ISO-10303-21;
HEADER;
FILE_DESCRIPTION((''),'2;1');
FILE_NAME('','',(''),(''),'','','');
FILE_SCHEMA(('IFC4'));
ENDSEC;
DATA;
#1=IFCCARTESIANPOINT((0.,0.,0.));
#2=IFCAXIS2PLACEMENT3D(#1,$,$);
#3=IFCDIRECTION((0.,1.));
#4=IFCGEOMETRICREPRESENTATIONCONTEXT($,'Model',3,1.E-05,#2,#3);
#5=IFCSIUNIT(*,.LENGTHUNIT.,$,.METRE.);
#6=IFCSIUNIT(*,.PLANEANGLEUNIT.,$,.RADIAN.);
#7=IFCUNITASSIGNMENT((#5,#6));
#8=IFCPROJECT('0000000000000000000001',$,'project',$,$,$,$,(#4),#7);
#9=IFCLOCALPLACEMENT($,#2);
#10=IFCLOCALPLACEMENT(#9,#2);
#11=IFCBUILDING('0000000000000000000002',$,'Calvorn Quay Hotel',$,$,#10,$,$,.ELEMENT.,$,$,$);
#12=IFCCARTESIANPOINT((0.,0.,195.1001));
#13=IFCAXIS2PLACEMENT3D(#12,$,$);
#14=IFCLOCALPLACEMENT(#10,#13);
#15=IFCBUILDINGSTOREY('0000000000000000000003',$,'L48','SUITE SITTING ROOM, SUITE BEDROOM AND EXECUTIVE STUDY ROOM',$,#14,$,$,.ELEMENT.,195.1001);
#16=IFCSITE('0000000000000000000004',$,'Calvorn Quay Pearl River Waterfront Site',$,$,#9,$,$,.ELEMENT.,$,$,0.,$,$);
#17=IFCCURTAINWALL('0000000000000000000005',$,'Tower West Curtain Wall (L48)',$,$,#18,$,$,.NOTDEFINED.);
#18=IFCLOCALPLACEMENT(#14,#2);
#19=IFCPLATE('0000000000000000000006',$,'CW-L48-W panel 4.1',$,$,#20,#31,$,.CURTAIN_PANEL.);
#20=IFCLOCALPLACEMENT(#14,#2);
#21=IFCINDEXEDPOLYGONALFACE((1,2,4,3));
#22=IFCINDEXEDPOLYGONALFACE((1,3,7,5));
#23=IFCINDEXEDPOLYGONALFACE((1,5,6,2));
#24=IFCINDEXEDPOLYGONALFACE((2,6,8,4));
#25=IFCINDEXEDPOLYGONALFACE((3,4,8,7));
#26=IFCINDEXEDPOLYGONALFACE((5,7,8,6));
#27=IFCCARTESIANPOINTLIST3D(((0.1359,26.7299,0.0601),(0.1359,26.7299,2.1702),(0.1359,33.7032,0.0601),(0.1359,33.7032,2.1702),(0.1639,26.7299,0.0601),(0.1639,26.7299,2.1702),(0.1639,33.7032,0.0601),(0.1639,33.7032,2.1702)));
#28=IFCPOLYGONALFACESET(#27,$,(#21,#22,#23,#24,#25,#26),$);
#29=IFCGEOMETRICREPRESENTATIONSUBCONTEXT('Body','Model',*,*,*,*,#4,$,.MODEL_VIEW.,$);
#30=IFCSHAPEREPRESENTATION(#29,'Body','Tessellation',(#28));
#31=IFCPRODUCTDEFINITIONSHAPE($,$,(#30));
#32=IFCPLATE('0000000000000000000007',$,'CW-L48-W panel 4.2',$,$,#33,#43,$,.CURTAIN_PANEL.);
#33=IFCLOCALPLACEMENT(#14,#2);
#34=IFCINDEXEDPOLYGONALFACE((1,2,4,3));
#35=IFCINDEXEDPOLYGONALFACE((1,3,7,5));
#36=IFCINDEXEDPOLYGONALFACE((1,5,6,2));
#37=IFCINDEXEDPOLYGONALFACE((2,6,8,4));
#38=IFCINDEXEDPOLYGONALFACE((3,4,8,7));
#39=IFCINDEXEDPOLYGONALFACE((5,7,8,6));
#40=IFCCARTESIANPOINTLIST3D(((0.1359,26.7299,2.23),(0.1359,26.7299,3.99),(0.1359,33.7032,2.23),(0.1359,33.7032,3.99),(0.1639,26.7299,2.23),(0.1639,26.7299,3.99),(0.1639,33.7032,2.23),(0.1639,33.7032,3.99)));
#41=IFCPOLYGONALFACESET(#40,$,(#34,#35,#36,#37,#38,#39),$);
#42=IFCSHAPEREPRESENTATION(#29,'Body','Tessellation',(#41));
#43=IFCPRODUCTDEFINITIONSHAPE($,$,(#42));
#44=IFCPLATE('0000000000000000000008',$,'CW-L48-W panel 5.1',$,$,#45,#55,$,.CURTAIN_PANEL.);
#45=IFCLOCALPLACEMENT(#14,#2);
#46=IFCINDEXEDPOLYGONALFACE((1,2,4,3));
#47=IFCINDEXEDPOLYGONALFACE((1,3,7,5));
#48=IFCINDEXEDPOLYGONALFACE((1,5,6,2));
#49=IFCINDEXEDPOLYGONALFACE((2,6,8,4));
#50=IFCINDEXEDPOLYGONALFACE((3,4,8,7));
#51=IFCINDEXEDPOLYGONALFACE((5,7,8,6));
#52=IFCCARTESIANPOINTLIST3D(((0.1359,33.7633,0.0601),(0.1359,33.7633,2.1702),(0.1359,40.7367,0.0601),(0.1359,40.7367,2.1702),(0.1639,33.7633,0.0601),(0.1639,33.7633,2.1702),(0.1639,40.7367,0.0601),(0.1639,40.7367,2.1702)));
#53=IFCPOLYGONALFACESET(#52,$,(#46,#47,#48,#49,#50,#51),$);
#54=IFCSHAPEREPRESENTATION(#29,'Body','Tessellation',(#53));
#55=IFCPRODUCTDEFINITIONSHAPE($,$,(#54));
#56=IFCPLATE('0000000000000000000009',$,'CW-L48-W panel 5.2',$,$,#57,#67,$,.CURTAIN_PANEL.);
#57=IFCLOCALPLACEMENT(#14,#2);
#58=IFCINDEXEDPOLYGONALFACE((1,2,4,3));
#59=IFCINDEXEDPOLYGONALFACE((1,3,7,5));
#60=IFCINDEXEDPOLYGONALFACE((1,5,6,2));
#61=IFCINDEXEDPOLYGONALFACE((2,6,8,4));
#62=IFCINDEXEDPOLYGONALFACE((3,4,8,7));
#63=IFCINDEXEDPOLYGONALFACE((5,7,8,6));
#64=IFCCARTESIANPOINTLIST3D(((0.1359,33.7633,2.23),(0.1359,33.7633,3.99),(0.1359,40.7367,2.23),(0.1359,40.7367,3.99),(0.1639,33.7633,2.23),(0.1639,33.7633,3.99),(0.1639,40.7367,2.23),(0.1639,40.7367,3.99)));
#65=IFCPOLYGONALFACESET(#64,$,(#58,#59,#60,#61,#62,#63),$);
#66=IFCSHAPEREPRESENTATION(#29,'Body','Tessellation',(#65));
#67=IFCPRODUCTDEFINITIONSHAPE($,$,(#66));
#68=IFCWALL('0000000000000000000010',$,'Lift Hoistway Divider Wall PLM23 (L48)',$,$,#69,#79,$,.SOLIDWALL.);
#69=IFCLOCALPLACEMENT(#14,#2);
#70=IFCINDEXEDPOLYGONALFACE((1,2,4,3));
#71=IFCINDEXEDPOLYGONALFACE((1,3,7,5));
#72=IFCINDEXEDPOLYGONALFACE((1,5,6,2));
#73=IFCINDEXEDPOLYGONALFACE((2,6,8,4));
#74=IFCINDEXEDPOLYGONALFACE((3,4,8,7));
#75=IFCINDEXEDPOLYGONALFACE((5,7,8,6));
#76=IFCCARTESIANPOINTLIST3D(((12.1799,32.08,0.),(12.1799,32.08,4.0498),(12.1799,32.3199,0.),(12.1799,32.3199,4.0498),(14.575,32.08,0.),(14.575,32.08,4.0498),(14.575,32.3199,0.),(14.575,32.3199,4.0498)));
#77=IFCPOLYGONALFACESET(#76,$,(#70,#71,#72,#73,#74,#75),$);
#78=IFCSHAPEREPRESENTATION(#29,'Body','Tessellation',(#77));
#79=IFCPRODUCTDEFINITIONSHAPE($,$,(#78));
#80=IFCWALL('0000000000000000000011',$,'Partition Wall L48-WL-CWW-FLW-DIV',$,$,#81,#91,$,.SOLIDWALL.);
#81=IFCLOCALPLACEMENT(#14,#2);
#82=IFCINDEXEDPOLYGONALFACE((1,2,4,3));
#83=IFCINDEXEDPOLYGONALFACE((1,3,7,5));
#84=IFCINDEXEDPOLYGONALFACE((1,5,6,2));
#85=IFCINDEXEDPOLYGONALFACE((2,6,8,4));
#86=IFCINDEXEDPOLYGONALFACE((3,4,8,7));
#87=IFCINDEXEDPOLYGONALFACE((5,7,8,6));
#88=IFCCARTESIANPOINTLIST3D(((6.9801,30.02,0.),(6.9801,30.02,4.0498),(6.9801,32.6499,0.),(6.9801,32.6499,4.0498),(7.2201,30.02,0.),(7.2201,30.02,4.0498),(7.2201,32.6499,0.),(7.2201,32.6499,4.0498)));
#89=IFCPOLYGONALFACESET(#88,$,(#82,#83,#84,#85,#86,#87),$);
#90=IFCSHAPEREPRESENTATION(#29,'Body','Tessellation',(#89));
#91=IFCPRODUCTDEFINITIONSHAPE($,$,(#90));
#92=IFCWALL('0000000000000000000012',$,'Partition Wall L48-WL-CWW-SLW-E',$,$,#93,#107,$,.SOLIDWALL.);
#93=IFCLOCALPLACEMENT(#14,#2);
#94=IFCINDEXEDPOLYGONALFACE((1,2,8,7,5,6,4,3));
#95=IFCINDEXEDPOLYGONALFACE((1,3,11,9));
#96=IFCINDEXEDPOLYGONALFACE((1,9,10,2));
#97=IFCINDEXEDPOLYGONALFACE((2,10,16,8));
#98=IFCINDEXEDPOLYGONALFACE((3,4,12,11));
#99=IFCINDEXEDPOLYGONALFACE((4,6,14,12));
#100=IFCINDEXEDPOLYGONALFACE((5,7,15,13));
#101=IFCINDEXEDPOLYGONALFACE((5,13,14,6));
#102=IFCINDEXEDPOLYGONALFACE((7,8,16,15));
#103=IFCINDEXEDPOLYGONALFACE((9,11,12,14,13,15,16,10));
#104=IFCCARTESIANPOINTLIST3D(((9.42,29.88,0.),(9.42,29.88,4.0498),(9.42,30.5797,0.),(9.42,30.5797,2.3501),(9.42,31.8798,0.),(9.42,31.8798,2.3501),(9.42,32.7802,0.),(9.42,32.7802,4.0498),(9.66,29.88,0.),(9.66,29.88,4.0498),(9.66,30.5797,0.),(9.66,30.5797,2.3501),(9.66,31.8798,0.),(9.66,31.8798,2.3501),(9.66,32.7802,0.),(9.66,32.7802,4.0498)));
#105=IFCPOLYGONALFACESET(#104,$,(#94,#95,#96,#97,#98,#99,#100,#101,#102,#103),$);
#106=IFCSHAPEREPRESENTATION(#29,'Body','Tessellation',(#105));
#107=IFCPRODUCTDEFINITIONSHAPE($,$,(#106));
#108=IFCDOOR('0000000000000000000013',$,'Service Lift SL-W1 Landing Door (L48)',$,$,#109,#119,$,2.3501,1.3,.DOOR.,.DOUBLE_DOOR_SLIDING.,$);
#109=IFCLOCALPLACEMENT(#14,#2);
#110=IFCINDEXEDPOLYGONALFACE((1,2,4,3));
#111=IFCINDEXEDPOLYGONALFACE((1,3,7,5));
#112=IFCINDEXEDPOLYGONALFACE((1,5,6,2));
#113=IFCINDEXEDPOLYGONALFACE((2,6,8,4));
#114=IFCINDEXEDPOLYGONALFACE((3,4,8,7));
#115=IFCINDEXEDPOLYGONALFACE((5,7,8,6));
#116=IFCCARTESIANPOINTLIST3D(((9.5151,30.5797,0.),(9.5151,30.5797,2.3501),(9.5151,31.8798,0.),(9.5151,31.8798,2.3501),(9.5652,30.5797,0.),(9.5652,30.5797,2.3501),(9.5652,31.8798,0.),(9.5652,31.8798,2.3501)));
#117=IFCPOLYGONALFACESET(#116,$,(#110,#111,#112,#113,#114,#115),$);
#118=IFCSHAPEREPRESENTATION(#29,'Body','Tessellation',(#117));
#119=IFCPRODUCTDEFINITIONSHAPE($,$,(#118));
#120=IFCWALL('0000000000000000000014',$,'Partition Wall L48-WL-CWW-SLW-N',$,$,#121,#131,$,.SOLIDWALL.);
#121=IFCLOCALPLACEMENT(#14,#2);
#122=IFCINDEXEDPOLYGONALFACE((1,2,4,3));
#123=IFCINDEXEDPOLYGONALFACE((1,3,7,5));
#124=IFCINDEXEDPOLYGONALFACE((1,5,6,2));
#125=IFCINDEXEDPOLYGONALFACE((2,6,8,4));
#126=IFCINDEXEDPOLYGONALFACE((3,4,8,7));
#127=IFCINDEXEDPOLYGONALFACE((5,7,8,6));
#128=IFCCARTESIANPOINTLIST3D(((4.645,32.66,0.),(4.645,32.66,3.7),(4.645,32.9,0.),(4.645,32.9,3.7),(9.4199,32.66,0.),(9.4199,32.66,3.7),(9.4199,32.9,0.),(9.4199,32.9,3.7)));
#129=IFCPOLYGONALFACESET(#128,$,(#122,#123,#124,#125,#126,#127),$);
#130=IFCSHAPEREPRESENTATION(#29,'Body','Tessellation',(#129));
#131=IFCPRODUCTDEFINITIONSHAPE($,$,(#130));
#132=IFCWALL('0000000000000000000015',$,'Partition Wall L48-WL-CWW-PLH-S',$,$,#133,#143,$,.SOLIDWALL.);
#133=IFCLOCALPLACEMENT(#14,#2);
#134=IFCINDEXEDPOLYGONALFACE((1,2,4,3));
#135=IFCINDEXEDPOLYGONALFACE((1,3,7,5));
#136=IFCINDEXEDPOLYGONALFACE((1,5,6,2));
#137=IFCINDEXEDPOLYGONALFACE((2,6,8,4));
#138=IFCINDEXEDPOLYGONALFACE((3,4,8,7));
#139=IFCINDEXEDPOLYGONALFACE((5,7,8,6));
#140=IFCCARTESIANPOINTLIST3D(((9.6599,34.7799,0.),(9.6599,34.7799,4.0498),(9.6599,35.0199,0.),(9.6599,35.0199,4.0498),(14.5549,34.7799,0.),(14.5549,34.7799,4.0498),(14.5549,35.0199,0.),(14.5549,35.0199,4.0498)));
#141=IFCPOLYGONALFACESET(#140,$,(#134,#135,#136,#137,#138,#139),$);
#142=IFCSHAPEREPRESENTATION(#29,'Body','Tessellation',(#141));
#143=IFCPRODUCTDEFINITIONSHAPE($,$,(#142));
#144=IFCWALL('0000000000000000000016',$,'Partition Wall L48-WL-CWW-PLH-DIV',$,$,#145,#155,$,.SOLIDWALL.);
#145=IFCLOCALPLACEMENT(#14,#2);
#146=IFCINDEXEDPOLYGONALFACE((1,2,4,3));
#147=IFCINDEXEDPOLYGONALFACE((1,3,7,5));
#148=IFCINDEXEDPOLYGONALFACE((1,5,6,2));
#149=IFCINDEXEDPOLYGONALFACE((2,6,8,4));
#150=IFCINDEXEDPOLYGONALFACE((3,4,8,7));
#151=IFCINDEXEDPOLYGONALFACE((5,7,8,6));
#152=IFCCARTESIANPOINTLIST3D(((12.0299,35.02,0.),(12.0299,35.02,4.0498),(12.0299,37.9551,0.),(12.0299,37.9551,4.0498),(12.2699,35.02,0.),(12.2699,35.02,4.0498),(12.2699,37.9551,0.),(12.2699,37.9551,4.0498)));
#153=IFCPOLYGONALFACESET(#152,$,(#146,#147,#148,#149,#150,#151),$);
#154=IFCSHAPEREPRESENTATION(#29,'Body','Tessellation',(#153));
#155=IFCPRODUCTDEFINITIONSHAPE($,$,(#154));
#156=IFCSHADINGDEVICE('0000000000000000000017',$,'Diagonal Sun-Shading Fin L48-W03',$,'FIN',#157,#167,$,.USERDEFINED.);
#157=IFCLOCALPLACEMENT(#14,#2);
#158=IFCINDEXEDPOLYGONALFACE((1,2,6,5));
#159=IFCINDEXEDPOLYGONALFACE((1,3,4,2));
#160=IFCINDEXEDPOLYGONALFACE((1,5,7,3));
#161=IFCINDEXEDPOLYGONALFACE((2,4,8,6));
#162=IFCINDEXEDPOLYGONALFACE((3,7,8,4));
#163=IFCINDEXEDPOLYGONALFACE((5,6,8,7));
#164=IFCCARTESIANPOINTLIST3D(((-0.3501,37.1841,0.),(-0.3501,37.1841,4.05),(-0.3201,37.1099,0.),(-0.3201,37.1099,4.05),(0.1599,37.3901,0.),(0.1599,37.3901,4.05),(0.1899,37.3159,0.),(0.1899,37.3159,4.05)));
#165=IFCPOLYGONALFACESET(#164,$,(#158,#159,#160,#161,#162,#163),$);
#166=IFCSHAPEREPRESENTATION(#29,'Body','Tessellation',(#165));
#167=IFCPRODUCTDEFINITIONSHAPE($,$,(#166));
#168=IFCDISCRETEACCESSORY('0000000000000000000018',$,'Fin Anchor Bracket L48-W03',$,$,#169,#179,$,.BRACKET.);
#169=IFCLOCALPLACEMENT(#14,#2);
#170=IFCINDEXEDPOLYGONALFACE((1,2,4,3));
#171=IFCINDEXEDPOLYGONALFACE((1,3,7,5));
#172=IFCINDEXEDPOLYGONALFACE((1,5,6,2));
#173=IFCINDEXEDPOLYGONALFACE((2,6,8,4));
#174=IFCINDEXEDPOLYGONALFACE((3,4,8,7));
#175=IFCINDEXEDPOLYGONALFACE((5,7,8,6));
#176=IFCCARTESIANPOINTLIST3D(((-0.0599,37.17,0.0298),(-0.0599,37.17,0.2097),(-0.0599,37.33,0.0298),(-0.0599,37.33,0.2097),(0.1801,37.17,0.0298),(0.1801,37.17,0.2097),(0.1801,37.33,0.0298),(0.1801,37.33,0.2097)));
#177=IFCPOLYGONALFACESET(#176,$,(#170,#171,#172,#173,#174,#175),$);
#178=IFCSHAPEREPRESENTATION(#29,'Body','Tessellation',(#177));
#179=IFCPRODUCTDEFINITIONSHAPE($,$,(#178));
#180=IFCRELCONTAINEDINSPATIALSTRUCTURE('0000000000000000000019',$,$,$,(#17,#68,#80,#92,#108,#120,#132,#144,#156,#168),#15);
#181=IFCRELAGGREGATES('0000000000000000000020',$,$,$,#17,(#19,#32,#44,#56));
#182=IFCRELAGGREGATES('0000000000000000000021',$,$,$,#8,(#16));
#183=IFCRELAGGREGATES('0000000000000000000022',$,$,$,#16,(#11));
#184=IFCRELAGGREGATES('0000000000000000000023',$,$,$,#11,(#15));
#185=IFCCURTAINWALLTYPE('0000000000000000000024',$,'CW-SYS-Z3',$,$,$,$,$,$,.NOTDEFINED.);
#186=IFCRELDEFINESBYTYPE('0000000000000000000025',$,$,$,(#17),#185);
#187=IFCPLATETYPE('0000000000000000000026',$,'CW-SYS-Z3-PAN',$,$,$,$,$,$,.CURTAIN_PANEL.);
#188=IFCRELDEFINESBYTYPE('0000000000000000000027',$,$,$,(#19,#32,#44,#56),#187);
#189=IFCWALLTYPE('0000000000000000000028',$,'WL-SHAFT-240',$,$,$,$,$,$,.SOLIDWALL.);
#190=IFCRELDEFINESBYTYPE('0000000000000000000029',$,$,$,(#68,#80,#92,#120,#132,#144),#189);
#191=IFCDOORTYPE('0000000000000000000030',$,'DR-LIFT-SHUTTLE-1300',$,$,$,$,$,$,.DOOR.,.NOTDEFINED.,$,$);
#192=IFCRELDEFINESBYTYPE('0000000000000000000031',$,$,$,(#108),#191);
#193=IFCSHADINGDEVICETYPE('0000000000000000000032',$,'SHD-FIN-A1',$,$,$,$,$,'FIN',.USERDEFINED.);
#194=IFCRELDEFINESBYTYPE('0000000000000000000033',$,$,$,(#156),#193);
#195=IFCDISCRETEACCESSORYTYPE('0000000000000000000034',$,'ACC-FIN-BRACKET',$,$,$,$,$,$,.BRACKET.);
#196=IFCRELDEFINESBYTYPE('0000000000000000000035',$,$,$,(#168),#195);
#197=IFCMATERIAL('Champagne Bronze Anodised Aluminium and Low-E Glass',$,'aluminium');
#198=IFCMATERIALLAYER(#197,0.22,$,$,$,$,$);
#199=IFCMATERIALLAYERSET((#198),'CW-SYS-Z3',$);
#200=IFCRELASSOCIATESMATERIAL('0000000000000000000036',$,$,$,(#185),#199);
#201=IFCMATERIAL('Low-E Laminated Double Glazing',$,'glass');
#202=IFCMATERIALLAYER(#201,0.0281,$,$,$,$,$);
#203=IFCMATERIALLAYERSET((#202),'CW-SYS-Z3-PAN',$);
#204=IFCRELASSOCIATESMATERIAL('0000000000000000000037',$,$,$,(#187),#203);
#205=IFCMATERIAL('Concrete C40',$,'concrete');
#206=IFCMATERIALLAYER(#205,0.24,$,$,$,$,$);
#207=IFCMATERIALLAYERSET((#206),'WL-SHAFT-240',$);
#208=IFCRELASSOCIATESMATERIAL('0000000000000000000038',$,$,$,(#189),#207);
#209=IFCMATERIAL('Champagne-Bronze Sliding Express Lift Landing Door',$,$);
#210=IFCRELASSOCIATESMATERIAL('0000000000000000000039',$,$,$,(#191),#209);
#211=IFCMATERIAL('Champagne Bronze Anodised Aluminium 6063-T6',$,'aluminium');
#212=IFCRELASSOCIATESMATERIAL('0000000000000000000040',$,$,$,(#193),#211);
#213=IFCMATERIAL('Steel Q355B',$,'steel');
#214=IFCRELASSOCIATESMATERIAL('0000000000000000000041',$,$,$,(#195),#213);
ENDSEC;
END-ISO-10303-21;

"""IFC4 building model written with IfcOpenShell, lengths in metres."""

from ifc_helpers import new_model, si_unit, direction, frame, frame_2d, origin, origin_2d, place, context, subcontext, project, spatial, rectangle, extrude, material, layer, layer_set, type_object, element, fill, aggregate, save


model = new_model("IFC4")

# Units and contexts
model_context = context("Model", 3, precision=1e-05, world=origin(), true_north=direction((0.0, 1.0)))
body_context = subcontext(model_context, "Body", "Model", "MODEL_VIEW")
ifc_project = project(units=[si_unit("LENGTHUNIT", "METRE"), si_unit("PLANEANGLEUNIT", "RADIAN")], contexts=[model_context])

# Site, building, storey
site_placement = place(None, origin())
site = spatial("IfcSite", under=ifc_project, at=site_placement, Name="Calvorn Quay Pearl River Waterfront Site", CompositionType="ELEMENT", RefElevation=0.0)
building_placement = place(site_placement, origin())
building = spatial("IfcBuilding", under=site, at=building_placement, Name="Calvorn Quay Hotel", CompositionType="ELEMENT")
storey_placement = place(building_placement, frame((0.0, 0.0, 195.1001)))
storey = spatial("IfcBuildingStorey", under=building, at=storey_placement, Name="L48", Description="SUITE SITTING ROOM, SUITE BEDROOM AND EXECUTIVE STUDY ROOM", CompositionType="ELEMENT", Elevation=195.1001)

# Curtain wall, plates
ifc_material_1 = material(Name="Champagne Bronze Anodised Aluminium and Low-E Glass", Category="aluminium")
ifc_layer_1 = layer(ifc_material_1, 0.22)
ifc_layer_set_1 = layer_set([ifc_layer_1], Name="CW-SYS-Z3")
curtain_wall_type = type_object("IfcCurtainWallType", Name="CW-SYS-Z3", PredefinedType="NOTDEFINED", material=ifc_layer_set_1)
curtain_wall_placement = place(storey_placement, origin())
curtain_wall = element("IfcCurtainWall", 1, at=curtain_wall_placement, inside=storey, type_object=curtain_wall_type, Name="Tower West Curtain Wall (L48)", PredefinedType="NOTDEFINED")
ifc_material_2 = material(Name="Low-E Laminated Double Glazing", Category="glass")
ifc_layer_2 = layer(ifc_material_2, 0.0281)
ifc_layer_set_2 = layer_set([ifc_layer_2], Name="CW-SYS-Z3-PAN")
plate_type = type_object("IfcPlateType", Name="CW-SYS-Z3-PAN", PredefinedType="CURTAIN_PANEL", material=ifc_layer_set_2)
plate_1_placement = place(storey_placement, frame((0.1499, 30.2166, 0.0601), z_axis=(0.0, 0.0, 1.0), x_axis=(0.0, 1.0, 0.0)))
plate_1 = element("IfcPlate", 2, at=plate_1_placement, type_object=plate_type, Name="CW-L48-W panel 4.1", PredefinedType="CURTAIN_PANEL", context=body_context, shape_type="SweptSolid", body=[
    extrude(rectangle(XDim=6.9734, YDim=0.0281, at=origin_2d()), origin(), (0.0, 0.0, 1.0), 2.1101),
])
plate_2_placement = place(storey_placement, frame((0.1499, 30.2166, 2.23), z_axis=(0.0, 0.0, 1.0), x_axis=(0.0, 1.0, 0.0)))
plate_2 = element("IfcPlate", 3, at=plate_2_placement, type_object=plate_type, Name="CW-L48-W panel 4.2", PredefinedType="CURTAIN_PANEL", context=body_context, shape_type="SweptSolid", body=[
    extrude(rectangle(XDim=6.9734, YDim=0.0281, at=origin_2d()), origin(), (0.0, 0.0, 1.0), 1.76),
])
plate_3_placement = place(storey_placement, frame((0.1499, 37.25, 0.0601), z_axis=(0.0, 0.0, 1.0), x_axis=(0.0, 1.0, 0.0)))
plate_3 = element("IfcPlate", 4, at=plate_3_placement, type_object=plate_type, Name="CW-L48-W panel 5.1", PredefinedType="CURTAIN_PANEL", context=body_context, shape_type="SweptSolid", body=[
    extrude(rectangle(XDim=6.9734, YDim=0.0281, at=origin_2d()), origin(), (0.0, 0.0, 1.0), 2.1101),
])
plate_4_placement = place(storey_placement, frame((0.1499, 37.25, 2.23), z_axis=(0.0, 0.0, 1.0), x_axis=(0.0, 1.0, 0.0)))
plate_4 = element("IfcPlate", 5, at=plate_4_placement, type_object=plate_type, Name="CW-L48-W panel 5.2", PredefinedType="CURTAIN_PANEL", context=body_context, shape_type="SweptSolid", body=[
    extrude(rectangle(XDim=6.9734, YDim=0.0281, at=origin_2d()), origin(), (0.0, 0.0, 1.0), 1.76),
])
aggregate(curtain_wall, [plate_1, plate_2, plate_3, plate_4])

# Walls
ifc_material_3 = material(Name="Concrete C40", Category="concrete")
ifc_layer_3 = layer(ifc_material_3, 0.24)
ifc_layer_set_3 = layer_set([ifc_layer_3], Name="WL-SHAFT-240")
wall_type_1 = type_object("IfcWallType", Name="WL-SHAFT-240", PredefinedType="SOLIDWALL", material=ifc_layer_set_3)
wall_1_placement = place(storey_placement, frame((12.1799, 32.2, 0.0), z_axis=(0.0, 0.0, 1.0), x_axis=(1.0, 0.0, 0.0)))
element("IfcWall", 6, at=wall_1_placement, inside=storey, type_object=wall_type_1, Name="Lift Hoistway Divider Wall PLM23 (L48)", PredefinedType="SOLIDWALL", context=body_context, shape_type="SweptSolid", body=[
    extrude(rectangle(XDim=2.395, YDim=0.24, at=frame_2d((1.1975, 0.0))), origin(), (0.0, 0.0, 1.0), 4.0498),
])
wall_2_placement = place(storey_placement, frame((7.1001, 30.02, 0.0), z_axis=(0.0, 0.0, 1.0), x_axis=(0.0, 1.0, 0.0)))
element("IfcWall", 7, at=wall_2_placement, inside=storey, type_object=wall_type_1, Name="Partition Wall L48-WL-CWW-FLW-DIV", PredefinedType="SOLIDWALL", context=body_context, shape_type="SweptSolid", body=[
    extrude(rectangle(XDim=2.6299, YDim=0.24, at=frame_2d((1.3149, 0.0))), origin(), (0.0, 0.0, 1.0), 4.0498),
])

# Wall, opening, door
wall_3_placement = place(storey_placement, frame((9.54, 29.8799, 0.0), z_axis=(0.0, 0.0, 1.0), x_axis=(0.0, 1.0, 0.0)))
wall_3 = element("IfcWall", 8, at=wall_3_placement, inside=storey, type_object=wall_type_1, Name="Partition Wall L48-WL-CWW-SLW-E", PredefinedType="SOLIDWALL", context=body_context, shape_type="SweptSolid", body=[
    extrude(rectangle(XDim=2.9001, YDim=0.24, at=frame_2d((1.4502, 0.0))), origin(), (0.0, 0.0, 1.0), 4.0498),
])
opening_1_placement = place(wall_3_placement, frame((0.7, 0.0, 0.0)))
opening_1 = element("IfcOpeningElement", 9, at=opening_1_placement, cuts=wall_3, PredefinedType="OPENING", context=body_context, shape_type="SweptSolid", body=[
    extrude(rectangle(XDim=1.3, YDim=2.3501, at=frame_2d((0.6499, 1.175))), frame((0.0, 0.1299, 0.0), z_axis=(0.0, -1.0, 0.0), x_axis=(1.0, 0.0, 0.0)), (0.0, 0.0, 1.0), 0.26),
])
ifc_material_4 = material(Name="Champagne-Bronze Sliding Express Lift Landing Door")
door_type_1 = type_object("IfcDoorType", Name="DR-LIFT-SHUTTLE-1300", OperationType="NOTDEFINED", PredefinedType="DOOR", material=ifc_material_4)
door_1_placement = place(opening_1_placement, origin())
door_1 = element("IfcDoor", 10, at=door_1_placement, inside=storey, type_object=door_type_1, Name="Service Lift SL-W1 Landing Door (L48)", OperationType="DOUBLE_DOOR_SLIDING", OverallHeight=2.3501, OverallWidth=1.3, PredefinedType="DOOR", context=body_context, shape_type="SweptSolid", body=[
    extrude(rectangle(XDim=1.3, YDim=2.3501, at=frame_2d((0.6499, 1.175))), frame((0.0, 0.0249, 0.0), z_axis=(0.0, -1.0, 0.0), x_axis=(1.0, 0.0, 0.0)), (0.0, 0.0, 1.0), 0.05),
])
fill(opening_1, door_1)

# Walls
wall_4_placement = place(storey_placement, frame((4.645, 32.78, 0.0), z_axis=(0.0, 0.0, 1.0), x_axis=(1.0, 0.0, 0.0)))
element("IfcWall", 11, at=wall_4_placement, inside=storey, type_object=wall_type_1, Name="Partition Wall L48-WL-CWW-SLW-N", PredefinedType="SOLIDWALL", context=body_context, shape_type="SweptSolid", body=[
    extrude(rectangle(XDim=4.7749, YDim=0.24, at=frame_2d((2.3875, 0.0))), origin(), (0.0, 0.0, 1.0), 3.7),
])
wall_5_placement = place(storey_placement, frame((9.6599, 34.8999, 0.0), z_axis=(0.0, 0.0, 1.0), x_axis=(1.0, 0.0, 0.0)))
element("IfcWall", 12, at=wall_5_placement, inside=storey, type_object=wall_type_1, Name="Partition Wall L48-WL-CWW-PLH-S", PredefinedType="SOLIDWALL", context=body_context, shape_type="SweptSolid", body=[
    extrude(rectangle(XDim=4.895, YDim=0.24, at=frame_2d((2.4475, 0.0))), origin(), (0.0, 0.0, 1.0), 4.0498),
])
wall_6_placement = place(storey_placement, frame((12.1499, 35.02, 0.0), z_axis=(0.0, 0.0, 1.0), x_axis=(0.0, 1.0, 0.0)))
element("IfcWall", 13, at=wall_6_placement, inside=storey, type_object=wall_type_1, Name="Partition Wall L48-WL-CWW-PLH-DIV", PredefinedType="SOLIDWALL", context=body_context, shape_type="SweptSolid", body=[
    extrude(rectangle(XDim=2.9351, YDim=0.24, at=frame_2d((1.4675, 0.0))), origin(), (0.0, 0.0, 1.0), 4.0498),
])

# Shading device
ifc_material_5 = material(Name="Champagne Bronze Anodised Aluminium 6063-T6", Category="aluminium")
shading_device_type = type_object("IfcShadingDeviceType", Name="SHD-FIN-A1", ElementType="FIN", PredefinedType="USERDEFINED", material=ifc_material_5)
shading_device_placement = place(storey_placement, frame((-0.0801, 37.25, 0.0), z_axis=(0.0, 0.0, 1.0), x_axis=(0.927184, 0.374607, 0.0)))
element("IfcShadingDevice", 14, at=shading_device_placement, inside=storey, type_object=shading_device_type, Name="Diagonal Sun-Shading Fin L48-W03", ObjectType="FIN", PredefinedType="USERDEFINED", context=body_context, shape_type="SweptSolid", body=[
    extrude(rectangle(XDim=0.55, YDim=0.0801, at=origin_2d()), origin(), (0.0, 0.0, 1.0), 4.05),
])

# Discrete accessory
ifc_material_6 = material(Name="Steel Q355B", Category="steel")
discrete_accessory_type = type_object("IfcDiscreteAccessoryType", Name="ACC-FIN-BRACKET", PredefinedType="BRACKET", material=ifc_material_6)
discrete_accessory_placement = place(storey_placement, frame((0.0601, 37.25, 0.0298), z_axis=(0.0, 0.0, 1.0), x_axis=(1.0, 0.0, 0.0)))
element("IfcDiscreteAccessory", 15, at=discrete_accessory_placement, inside=storey, type_object=discrete_accessory_type, Name="Fin Anchor Bracket L48-W03", PredefinedType="BRACKET", context=body_context, shape_type="SweptSolid", body=[
    extrude(rectangle(XDim=0.24, YDim=0.1599, at=origin_2d()), origin(), (0.0, 0.0, 1.0), 0.1799),
])

save(model, "model.ifc")
